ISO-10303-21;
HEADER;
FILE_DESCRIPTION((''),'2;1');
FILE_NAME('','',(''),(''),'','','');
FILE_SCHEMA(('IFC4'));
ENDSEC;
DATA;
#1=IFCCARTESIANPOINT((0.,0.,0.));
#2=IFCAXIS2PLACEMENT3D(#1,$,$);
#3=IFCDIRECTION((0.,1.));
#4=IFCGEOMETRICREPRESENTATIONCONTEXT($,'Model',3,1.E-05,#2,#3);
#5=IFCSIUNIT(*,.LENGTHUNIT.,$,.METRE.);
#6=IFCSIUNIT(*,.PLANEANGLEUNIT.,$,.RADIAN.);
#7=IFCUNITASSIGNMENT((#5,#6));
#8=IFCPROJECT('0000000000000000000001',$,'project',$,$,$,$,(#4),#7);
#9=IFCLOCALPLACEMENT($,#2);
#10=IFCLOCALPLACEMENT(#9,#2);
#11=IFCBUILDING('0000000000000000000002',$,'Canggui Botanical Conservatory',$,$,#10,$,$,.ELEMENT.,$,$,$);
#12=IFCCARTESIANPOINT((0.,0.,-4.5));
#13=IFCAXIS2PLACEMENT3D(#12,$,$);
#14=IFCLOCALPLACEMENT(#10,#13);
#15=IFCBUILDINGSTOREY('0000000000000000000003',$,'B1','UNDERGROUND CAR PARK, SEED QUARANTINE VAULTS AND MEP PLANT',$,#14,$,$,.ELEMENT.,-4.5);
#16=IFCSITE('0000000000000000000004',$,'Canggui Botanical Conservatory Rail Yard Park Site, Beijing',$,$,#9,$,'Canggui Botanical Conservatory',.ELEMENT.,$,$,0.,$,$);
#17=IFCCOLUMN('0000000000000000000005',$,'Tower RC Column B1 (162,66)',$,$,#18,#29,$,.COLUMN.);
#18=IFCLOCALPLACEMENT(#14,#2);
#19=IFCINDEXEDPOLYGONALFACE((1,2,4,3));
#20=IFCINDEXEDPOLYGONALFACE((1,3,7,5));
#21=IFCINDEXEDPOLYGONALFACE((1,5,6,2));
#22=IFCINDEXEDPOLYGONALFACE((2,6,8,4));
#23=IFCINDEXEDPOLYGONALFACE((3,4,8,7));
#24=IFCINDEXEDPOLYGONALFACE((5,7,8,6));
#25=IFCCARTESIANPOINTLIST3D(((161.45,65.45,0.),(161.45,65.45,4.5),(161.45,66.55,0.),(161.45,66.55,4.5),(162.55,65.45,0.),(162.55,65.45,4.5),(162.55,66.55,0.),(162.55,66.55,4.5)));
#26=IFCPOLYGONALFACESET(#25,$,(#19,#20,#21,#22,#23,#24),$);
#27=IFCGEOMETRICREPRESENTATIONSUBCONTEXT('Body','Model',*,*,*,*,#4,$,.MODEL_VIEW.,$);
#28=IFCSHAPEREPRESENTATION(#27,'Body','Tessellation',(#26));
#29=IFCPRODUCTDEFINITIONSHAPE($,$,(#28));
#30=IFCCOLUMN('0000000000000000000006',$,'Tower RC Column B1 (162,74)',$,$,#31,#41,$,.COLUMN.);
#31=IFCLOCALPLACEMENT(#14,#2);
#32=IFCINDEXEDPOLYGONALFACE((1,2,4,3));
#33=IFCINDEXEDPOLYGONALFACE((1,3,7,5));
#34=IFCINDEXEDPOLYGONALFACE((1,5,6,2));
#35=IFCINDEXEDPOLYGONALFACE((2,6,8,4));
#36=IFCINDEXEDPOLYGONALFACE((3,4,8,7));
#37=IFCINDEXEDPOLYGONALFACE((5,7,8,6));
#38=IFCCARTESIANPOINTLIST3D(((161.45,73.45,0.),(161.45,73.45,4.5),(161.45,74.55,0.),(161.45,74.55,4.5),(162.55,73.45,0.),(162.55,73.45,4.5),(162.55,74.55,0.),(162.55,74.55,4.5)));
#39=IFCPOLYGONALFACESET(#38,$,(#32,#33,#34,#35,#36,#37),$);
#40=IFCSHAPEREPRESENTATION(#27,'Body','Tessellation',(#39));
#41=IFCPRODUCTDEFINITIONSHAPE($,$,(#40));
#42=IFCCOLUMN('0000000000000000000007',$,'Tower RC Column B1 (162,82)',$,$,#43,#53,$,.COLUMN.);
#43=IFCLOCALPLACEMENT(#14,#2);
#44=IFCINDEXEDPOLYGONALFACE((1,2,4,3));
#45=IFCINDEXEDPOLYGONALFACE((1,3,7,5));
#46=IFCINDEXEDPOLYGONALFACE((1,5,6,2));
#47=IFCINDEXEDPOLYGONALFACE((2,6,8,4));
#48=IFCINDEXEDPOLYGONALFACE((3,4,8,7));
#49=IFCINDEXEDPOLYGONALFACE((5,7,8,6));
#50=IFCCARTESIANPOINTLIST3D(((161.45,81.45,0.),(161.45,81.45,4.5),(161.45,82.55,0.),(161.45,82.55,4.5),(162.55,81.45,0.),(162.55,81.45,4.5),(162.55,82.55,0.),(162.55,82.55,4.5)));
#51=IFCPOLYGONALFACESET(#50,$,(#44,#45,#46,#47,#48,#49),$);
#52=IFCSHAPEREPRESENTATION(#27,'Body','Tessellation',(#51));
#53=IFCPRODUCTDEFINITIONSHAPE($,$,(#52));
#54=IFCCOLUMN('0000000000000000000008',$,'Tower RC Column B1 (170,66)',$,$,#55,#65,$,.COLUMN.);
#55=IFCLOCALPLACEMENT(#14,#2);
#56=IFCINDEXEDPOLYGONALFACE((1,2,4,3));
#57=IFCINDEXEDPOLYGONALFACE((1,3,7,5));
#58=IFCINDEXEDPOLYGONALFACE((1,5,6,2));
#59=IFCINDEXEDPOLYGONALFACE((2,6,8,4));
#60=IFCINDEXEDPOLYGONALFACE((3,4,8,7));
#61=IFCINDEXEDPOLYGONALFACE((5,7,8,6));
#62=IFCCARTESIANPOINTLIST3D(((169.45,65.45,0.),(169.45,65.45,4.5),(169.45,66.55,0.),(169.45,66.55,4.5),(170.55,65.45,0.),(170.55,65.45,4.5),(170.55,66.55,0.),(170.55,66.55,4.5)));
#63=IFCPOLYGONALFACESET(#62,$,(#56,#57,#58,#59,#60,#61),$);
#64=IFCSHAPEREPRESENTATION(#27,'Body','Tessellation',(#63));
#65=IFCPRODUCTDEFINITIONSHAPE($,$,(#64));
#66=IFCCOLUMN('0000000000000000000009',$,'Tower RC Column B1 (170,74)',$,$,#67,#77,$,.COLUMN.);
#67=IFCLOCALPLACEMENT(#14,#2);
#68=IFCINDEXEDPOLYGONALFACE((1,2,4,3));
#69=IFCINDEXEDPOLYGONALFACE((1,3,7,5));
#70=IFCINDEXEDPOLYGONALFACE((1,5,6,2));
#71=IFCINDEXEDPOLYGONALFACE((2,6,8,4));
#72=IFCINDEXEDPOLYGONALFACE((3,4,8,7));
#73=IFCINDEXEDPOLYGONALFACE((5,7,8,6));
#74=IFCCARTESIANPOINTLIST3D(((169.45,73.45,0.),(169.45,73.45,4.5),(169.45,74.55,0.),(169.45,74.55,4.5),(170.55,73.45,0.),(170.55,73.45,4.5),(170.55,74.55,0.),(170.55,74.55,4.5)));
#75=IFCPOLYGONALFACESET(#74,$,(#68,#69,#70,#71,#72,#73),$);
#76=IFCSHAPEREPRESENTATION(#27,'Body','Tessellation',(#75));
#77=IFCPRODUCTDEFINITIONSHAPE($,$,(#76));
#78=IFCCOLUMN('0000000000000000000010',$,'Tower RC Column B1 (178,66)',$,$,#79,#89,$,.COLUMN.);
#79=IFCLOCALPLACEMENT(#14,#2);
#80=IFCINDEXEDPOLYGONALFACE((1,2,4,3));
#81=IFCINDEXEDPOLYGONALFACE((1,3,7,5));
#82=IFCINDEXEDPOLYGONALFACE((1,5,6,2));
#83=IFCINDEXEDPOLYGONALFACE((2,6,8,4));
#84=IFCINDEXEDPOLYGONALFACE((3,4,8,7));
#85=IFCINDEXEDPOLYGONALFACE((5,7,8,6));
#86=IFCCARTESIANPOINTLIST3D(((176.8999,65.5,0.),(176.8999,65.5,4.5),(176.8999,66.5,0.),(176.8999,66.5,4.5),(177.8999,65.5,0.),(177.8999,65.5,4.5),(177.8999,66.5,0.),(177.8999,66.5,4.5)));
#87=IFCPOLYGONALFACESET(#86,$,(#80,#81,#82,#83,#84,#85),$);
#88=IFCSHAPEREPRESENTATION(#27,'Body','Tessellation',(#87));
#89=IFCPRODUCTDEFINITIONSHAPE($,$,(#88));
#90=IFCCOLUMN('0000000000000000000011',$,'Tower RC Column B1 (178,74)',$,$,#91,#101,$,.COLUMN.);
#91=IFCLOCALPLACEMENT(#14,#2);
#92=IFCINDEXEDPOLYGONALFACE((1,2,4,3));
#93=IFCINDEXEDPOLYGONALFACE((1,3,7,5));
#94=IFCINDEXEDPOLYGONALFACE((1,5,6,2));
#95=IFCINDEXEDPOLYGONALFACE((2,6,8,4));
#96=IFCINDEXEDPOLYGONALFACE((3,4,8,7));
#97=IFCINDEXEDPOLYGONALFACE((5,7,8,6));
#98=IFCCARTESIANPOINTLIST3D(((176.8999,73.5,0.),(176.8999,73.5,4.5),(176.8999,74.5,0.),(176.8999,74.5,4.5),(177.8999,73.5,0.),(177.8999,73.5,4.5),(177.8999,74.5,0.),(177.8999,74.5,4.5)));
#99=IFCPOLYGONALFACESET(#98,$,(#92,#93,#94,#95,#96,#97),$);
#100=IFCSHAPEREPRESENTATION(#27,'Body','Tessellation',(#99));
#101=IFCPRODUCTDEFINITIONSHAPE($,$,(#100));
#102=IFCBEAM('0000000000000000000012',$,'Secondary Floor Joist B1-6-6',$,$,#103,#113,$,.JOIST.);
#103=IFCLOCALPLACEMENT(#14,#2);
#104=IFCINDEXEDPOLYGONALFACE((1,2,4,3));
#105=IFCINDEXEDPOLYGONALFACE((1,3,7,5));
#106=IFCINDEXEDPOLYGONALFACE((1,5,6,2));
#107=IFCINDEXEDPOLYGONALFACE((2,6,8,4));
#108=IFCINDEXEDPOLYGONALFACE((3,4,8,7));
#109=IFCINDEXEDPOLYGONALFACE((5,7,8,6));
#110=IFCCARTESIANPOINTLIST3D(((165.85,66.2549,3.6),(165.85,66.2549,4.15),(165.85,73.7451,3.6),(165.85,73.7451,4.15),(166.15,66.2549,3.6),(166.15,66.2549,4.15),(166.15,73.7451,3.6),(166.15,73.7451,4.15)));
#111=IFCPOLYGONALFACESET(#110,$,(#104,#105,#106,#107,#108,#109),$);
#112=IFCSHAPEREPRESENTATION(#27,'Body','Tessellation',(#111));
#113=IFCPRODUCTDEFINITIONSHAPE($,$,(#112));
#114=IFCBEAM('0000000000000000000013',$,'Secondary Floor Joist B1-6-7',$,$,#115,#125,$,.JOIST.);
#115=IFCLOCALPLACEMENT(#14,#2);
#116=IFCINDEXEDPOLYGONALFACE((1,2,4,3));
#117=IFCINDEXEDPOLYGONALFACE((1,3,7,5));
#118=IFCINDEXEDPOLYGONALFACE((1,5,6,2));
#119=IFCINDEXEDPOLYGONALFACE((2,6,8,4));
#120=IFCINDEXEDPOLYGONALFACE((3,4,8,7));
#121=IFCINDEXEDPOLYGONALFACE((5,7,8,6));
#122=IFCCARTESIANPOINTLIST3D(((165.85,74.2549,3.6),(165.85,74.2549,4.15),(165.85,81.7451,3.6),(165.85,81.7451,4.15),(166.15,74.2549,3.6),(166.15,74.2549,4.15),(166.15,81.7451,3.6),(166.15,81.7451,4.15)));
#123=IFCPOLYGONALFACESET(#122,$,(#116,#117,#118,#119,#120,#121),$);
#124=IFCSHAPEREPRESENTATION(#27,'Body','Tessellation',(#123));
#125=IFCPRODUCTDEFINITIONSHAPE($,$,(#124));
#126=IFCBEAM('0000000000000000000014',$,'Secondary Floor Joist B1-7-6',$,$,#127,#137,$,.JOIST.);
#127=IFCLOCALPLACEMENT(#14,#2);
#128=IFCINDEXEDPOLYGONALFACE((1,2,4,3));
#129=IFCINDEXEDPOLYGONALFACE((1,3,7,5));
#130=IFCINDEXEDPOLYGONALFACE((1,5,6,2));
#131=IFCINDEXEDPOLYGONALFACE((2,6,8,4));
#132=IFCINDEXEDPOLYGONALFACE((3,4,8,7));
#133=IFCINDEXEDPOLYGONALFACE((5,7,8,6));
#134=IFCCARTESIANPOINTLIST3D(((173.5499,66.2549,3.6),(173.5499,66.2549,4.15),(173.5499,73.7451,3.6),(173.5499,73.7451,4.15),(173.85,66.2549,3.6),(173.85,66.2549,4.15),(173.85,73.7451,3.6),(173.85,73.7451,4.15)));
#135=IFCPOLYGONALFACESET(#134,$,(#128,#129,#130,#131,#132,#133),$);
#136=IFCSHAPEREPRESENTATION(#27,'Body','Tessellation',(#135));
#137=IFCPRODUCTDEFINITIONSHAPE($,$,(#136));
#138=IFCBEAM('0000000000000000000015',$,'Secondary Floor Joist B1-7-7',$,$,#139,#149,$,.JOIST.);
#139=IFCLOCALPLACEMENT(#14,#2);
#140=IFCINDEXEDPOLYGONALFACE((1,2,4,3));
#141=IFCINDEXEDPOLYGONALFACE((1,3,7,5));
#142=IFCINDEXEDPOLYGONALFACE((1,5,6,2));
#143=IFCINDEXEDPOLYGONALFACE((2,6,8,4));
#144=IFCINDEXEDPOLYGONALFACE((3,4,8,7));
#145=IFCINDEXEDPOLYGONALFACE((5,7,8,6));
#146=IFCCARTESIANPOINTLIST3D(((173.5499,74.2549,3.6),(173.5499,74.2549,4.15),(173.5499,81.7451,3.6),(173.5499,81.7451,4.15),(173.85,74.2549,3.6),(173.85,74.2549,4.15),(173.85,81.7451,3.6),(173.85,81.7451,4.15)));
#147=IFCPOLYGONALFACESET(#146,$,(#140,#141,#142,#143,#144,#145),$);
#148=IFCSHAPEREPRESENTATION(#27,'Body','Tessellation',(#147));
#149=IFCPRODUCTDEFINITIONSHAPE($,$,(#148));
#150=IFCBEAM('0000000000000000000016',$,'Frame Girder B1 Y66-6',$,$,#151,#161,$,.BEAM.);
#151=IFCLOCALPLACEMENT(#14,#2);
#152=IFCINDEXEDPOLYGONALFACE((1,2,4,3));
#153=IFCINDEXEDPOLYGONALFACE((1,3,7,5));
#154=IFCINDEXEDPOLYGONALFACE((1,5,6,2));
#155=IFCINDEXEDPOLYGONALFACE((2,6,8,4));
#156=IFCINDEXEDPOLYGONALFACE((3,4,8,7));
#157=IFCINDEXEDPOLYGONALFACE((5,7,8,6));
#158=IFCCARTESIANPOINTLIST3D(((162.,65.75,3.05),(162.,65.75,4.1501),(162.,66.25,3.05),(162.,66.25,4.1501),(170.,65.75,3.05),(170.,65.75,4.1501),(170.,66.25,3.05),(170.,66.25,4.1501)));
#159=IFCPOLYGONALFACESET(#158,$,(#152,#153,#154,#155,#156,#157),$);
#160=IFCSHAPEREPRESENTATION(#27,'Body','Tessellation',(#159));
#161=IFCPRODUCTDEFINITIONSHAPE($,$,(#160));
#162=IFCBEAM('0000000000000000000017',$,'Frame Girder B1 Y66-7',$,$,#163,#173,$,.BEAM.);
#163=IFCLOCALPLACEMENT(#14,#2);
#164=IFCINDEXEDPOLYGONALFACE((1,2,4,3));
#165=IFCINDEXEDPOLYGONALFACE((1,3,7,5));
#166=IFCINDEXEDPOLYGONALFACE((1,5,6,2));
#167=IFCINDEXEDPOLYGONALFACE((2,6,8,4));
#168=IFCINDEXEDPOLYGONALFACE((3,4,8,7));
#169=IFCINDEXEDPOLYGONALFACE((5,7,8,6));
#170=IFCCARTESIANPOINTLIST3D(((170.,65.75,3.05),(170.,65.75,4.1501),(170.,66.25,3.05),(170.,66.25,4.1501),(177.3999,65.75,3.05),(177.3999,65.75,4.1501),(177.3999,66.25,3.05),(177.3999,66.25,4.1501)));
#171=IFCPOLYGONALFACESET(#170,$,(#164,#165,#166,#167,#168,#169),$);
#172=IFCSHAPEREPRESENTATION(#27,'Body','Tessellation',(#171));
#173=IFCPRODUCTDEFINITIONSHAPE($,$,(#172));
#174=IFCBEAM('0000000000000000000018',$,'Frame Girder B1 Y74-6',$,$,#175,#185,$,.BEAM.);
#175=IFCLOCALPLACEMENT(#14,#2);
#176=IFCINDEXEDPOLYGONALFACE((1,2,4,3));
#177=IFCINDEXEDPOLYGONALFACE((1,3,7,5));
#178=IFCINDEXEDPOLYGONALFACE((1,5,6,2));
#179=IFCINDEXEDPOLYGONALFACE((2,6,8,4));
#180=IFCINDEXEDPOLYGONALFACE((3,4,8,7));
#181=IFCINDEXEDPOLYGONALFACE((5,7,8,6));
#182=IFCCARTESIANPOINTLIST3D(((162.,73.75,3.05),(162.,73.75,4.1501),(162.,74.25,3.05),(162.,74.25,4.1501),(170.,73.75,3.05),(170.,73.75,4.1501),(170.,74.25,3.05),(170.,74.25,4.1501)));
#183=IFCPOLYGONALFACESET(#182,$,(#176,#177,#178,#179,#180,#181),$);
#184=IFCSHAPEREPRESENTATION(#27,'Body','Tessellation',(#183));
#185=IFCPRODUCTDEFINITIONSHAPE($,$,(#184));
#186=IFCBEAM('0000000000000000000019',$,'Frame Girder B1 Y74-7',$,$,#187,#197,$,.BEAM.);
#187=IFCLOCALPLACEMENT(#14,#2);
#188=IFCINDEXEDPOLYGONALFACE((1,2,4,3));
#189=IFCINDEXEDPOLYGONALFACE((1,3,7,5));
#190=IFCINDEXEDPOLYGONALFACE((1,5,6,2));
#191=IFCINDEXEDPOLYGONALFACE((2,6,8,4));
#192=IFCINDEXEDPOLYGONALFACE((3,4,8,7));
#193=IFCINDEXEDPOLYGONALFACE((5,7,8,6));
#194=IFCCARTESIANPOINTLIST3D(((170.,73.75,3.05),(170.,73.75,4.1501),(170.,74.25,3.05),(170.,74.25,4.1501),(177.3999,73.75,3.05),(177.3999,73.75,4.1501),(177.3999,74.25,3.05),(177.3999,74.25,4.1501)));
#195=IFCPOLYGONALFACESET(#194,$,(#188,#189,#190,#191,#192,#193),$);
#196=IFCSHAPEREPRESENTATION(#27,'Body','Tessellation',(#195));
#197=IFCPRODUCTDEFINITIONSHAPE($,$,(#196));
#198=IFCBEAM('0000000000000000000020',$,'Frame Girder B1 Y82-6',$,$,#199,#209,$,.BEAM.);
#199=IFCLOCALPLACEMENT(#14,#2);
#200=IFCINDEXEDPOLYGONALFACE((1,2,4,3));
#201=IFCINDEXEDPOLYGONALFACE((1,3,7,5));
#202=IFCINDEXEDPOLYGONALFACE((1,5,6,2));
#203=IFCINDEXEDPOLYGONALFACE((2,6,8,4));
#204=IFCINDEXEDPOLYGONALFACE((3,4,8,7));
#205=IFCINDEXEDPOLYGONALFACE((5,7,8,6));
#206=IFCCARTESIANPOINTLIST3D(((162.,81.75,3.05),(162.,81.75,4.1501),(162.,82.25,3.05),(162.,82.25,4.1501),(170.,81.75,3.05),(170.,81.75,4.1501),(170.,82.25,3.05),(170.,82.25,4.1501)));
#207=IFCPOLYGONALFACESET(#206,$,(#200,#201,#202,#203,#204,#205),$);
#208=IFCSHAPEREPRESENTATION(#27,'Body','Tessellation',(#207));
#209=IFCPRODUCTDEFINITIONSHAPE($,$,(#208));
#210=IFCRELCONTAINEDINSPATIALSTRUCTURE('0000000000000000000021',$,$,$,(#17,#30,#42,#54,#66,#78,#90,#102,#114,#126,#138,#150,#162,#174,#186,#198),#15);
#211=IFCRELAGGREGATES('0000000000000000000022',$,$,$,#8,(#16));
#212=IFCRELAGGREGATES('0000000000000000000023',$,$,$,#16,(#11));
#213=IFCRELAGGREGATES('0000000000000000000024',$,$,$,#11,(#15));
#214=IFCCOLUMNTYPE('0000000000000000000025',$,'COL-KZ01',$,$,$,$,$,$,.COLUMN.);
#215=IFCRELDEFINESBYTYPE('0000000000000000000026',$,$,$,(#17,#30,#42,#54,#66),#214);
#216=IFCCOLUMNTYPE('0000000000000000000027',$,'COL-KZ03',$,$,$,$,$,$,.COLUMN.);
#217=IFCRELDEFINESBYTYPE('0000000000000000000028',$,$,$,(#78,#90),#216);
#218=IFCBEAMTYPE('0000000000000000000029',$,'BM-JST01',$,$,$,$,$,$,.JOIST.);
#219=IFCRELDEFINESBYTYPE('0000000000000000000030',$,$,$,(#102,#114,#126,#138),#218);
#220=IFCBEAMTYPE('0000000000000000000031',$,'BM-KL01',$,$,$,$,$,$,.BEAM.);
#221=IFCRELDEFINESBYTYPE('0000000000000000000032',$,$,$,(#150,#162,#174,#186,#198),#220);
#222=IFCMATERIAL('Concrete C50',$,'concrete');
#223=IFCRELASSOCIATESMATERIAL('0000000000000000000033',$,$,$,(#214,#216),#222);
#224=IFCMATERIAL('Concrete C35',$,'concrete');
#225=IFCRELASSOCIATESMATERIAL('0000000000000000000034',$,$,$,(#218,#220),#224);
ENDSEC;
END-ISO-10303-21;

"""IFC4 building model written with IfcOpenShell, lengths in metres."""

from ifc_helpers import new_model, si_unit, direction, frame, origin, origin_2d, place, context, subcontext, project, spatial, rectangle, extrude, material, material_profile, profile_set, type_object, element, save


model = new_model("IFC4")

# Units and contexts
model_context = context("Model", 3, precision=1e-05, world=origin(), true_north=direction((0.0, 1.0)))
body_context = subcontext(model_context, "Body", "Model", "MODEL_VIEW")
ifc_project = project(units=[si_unit("LENGTHUNIT", "METRE"), si_unit("PLANEANGLEUNIT", "RADIAN")], contexts=[model_context])

# Site, building, storey
site_placement = place(None, origin())
site = spatial("IfcSite", under=ifc_project, at=site_placement, Name="Canggui Botanical Conservatory Rail Yard Park Site, Beijing", LongName="Canggui Botanical Conservatory", CompositionType="ELEMENT", RefElevation=0.0)
building_placement = place(site_placement, origin())
building = spatial("IfcBuilding", under=site, at=building_placement, Name="Canggui Botanical Conservatory", CompositionType="ELEMENT")
storey_placement = place(building_placement, frame((0.0, 0.0, -4.5)))
storey = spatial("IfcBuildingStorey", under=building, at=storey_placement, Name="B1", Description="UNDERGROUND CAR PARK, SEED QUARANTINE VAULTS AND MEP PLANT", CompositionType="ELEMENT", Elevation=-4.5)

# Columns
ifc_material_1 = material(Name="Concrete C50", Category="concrete")
ifc_material_profile_1 = material_profile(ifc_material_1, rectangle(XDim=1.1001, YDim=1.1001, at=origin_2d()), Name="RC 1100x1100")
ifc_profile_set_1 = profile_set([ifc_material_profile_1], Name="Concrete C50")
column_type_1 = type_object("IfcColumnType", Name="COL-KZ01", PredefinedType="COLUMN", material=ifc_profile_set_1)
for number, where, z_axis, x_axis, name in (
    (1, (162.0, 66.0, 0.0), (0.0, 0.0, 1.0), (1.0, 0.0, 0.0), "Tower RC Column B1 (162,66)"),
    (2, (162.0, 74.0, 0.0), (0.0, 0.0, 1.0), (1.0, 0.0, 0.0), "Tower RC Column B1 (162,74)"),
    (3, (162.0, 82.0, 0.0), (0.0, 0.0, 1.0), (1.0, 0.0, 0.0), "Tower RC Column B1 (162,82)"),
    (4, (170.0, 66.0, 0.0), (0.0, 0.0, 1.0), (1.0, 0.0, 0.0), "Tower RC Column B1 (170,66)"),
    (5, (170.0, 74.0, 0.0), (0.0, 0.0, 1.0), (1.0, 0.0, 0.0), "Tower RC Column B1 (170,74)"),
):
    element("IfcColumn", number, at=place(storey_placement, frame(where, z_axis=z_axis, x_axis=x_axis)), inside=storey, type_object=column_type_1, Name=name, PredefinedType="COLUMN", context=body_context, shape_type="SweptSolid", body=[
        extrude(rectangle(XDim=1.1001, YDim=1.1001, at=origin_2d()), origin(), (0.0, 0.0, 1.0), 4.5),
    ])
ifc_material_profile_2 = material_profile(ifc_material_1, rectangle(XDim=1.0, YDim=1.0, at=origin_2d()), Name="RC 1000x1000")
ifc_profile_set_2 = profile_set([ifc_material_profile_2], Name="Concrete C50")
column_type_2 = type_object("IfcColumnType", Name="COL-KZ03", PredefinedType="COLUMN", material=ifc_profile_set_2)
for number, where, z_axis, x_axis, name in (
    (6, (177.3999, 66.0, 0.0), (0.0, 0.0, 1.0), (1.0, 0.0, 0.0), "Tower RC Column B1 (178,66)"),
    (7, (177.3999, 74.0, 0.0), (0.0, 0.0, 1.0), (1.0, 0.0, 0.0), "Tower RC Column B1 (178,74)"),
):
    element("IfcColumn", number, at=place(storey_placement, frame(where, z_axis=z_axis, x_axis=x_axis)), inside=storey, type_object=column_type_2, Name=name, PredefinedType="COLUMN", context=body_context, shape_type="SweptSolid", body=[
        extrude(rectangle(XDim=1.0, YDim=1.0, at=origin_2d()), origin(), (0.0, 0.0, 1.0), 4.5),
    ])

# Beams
ifc_material_2 = material(Name="Concrete C35", Category="concrete")
ifc_material_profile_3 = material_profile(ifc_material_2, rectangle(XDim=0.3, YDim=0.55, at=origin_2d()), Name="RB 300x550")
ifc_profile_set_3 = profile_set([ifc_material_profile_3], Name="Concrete C35")
beam_type_1 = type_object("IfcBeamType", Name="BM-JST01", PredefinedType="JOIST", material=ifc_profile_set_3)
for number, where, z_axis, x_axis, name in (
    (8, (166.0, 66.2549, 3.875), (0.0, 1.0, 0.0), (-1.0, 0.0, 0.0), "Secondary Floor Joist B1-6-6"),
    (9, (166.0, 74.2549, 3.875), (0.0, 1.0, 0.0), (-1.0, 0.0, 0.0), "Secondary Floor Joist B1-6-7"),
    (10, (173.7, 66.2549, 3.875), (0.0, 1.0, 0.0), (-1.0, 0.0, 0.0), "Secondary Floor Joist B1-7-6"),
    (11, (173.7, 74.2549, 3.875), (0.0, 1.0, 0.0), (-1.0, 0.0, 0.0), "Secondary Floor Joist B1-7-7"),
):
    element("IfcBeam", number, at=place(storey_placement, frame(where, z_axis=z_axis, x_axis=x_axis)), inside=storey, type_object=beam_type_1, Name=name, PredefinedType="JOIST", context=body_context, shape_type="SweptSolid", body=[
        extrude(rectangle(XDim=0.3, YDim=0.55, at=origin_2d()), origin(), (0.0, 0.0, 1.0), 7.4902),
    ])
ifc_material_profile_4 = material_profile(ifc_material_2, rectangle(XDim=0.5, YDim=1.1001, at=origin_2d()), Name="RB 500x1100")
ifc_profile_set_4 = profile_set([ifc_material_profile_4], Name="Concrete C35")
beam_type_2 = type_object("IfcBeamType", Name="BM-KL01", PredefinedType="BEAM", material=ifc_profile_set_4)
beam_1_placement = place(storey_placement, frame((162.0, 66.0, 3.6001), z_axis=(1.0, 0.0, 0.0), x_axis=(0.0, 1.0, 0.0)))
element("IfcBeam", 12, at=beam_1_placement, inside=storey, type_object=beam_type_2, Name="Frame Girder B1 Y66-6", PredefinedType="BEAM", context=body_context, shape_type="SweptSolid", body=[
    extrude(rectangle(XDim=0.5, YDim=1.1001, at=origin_2d()), origin(), (0.0, 0.0, 1.0), 8.0),
])
beam_2_placement = place(storey_placement, frame((170.0, 66.0, 3.6001), z_axis=(1.0, 0.0, 0.0), x_axis=(0.0, 1.0, 0.0)))
element("IfcBeam", 13, at=beam_2_placement, inside=storey, type_object=beam_type_2, Name="Frame Girder B1 Y66-7", PredefinedType="BEAM", context=body_context, shape_type="SweptSolid", body=[
    extrude(rectangle(XDim=0.5, YDim=1.1001, at=origin_2d()), origin(), (0.0, 0.0, 1.0), 7.3999),
])
beam_3_placement = place(storey_placement, frame((162.0, 74.0, 3.6001), z_axis=(1.0, 0.0, 0.0), x_axis=(0.0, 1.0, 0.0)))
element("IfcBeam", 14, at=beam_3_placement, inside=storey, type_object=beam_type_2, Name="Frame Girder B1 Y74-6", PredefinedType="BEAM", context=body_context, shape_type="SweptSolid", body=[
    extrude(rectangle(XDim=0.5, YDim=1.1001, at=origin_2d()), origin(), (0.0, 0.0, 1.0), 8.0),
])
beam_4_placement = place(storey_placement, frame((170.0, 74.0, 3.6001), z_axis=(1.0, 0.0, 0.0), x_axis=(0.0, 1.0, 0.0)))
element("IfcBeam", 15, at=beam_4_placement, inside=storey, type_object=beam_type_2, Name="Frame Girder B1 Y74-7", PredefinedType="BEAM", context=body_context, shape_type="SweptSolid", body=[
    extrude(rectangle(XDim=0.5, YDim=1.1001, at=origin_2d()), origin(), (0.0, 0.0, 1.0), 7.3999),
])
beam_5_placement = place(storey_placement, frame((162.0, 82.0, 3.6001), z_axis=(1.0, 0.0, 0.0), x_axis=(0.0, 1.0, 0.0)))
element("IfcBeam", 16, at=beam_5_placement, inside=storey, type_object=beam_type_2, Name="Frame Girder B1 Y82-6", PredefinedType="BEAM", context=body_context, shape_type="SweptSolid", body=[
    extrude(rectangle(XDim=0.5, YDim=1.1001, at=origin_2d()), origin(), (0.0, 0.0, 1.0), 8.0),
])

save(model, "model.ifc")
